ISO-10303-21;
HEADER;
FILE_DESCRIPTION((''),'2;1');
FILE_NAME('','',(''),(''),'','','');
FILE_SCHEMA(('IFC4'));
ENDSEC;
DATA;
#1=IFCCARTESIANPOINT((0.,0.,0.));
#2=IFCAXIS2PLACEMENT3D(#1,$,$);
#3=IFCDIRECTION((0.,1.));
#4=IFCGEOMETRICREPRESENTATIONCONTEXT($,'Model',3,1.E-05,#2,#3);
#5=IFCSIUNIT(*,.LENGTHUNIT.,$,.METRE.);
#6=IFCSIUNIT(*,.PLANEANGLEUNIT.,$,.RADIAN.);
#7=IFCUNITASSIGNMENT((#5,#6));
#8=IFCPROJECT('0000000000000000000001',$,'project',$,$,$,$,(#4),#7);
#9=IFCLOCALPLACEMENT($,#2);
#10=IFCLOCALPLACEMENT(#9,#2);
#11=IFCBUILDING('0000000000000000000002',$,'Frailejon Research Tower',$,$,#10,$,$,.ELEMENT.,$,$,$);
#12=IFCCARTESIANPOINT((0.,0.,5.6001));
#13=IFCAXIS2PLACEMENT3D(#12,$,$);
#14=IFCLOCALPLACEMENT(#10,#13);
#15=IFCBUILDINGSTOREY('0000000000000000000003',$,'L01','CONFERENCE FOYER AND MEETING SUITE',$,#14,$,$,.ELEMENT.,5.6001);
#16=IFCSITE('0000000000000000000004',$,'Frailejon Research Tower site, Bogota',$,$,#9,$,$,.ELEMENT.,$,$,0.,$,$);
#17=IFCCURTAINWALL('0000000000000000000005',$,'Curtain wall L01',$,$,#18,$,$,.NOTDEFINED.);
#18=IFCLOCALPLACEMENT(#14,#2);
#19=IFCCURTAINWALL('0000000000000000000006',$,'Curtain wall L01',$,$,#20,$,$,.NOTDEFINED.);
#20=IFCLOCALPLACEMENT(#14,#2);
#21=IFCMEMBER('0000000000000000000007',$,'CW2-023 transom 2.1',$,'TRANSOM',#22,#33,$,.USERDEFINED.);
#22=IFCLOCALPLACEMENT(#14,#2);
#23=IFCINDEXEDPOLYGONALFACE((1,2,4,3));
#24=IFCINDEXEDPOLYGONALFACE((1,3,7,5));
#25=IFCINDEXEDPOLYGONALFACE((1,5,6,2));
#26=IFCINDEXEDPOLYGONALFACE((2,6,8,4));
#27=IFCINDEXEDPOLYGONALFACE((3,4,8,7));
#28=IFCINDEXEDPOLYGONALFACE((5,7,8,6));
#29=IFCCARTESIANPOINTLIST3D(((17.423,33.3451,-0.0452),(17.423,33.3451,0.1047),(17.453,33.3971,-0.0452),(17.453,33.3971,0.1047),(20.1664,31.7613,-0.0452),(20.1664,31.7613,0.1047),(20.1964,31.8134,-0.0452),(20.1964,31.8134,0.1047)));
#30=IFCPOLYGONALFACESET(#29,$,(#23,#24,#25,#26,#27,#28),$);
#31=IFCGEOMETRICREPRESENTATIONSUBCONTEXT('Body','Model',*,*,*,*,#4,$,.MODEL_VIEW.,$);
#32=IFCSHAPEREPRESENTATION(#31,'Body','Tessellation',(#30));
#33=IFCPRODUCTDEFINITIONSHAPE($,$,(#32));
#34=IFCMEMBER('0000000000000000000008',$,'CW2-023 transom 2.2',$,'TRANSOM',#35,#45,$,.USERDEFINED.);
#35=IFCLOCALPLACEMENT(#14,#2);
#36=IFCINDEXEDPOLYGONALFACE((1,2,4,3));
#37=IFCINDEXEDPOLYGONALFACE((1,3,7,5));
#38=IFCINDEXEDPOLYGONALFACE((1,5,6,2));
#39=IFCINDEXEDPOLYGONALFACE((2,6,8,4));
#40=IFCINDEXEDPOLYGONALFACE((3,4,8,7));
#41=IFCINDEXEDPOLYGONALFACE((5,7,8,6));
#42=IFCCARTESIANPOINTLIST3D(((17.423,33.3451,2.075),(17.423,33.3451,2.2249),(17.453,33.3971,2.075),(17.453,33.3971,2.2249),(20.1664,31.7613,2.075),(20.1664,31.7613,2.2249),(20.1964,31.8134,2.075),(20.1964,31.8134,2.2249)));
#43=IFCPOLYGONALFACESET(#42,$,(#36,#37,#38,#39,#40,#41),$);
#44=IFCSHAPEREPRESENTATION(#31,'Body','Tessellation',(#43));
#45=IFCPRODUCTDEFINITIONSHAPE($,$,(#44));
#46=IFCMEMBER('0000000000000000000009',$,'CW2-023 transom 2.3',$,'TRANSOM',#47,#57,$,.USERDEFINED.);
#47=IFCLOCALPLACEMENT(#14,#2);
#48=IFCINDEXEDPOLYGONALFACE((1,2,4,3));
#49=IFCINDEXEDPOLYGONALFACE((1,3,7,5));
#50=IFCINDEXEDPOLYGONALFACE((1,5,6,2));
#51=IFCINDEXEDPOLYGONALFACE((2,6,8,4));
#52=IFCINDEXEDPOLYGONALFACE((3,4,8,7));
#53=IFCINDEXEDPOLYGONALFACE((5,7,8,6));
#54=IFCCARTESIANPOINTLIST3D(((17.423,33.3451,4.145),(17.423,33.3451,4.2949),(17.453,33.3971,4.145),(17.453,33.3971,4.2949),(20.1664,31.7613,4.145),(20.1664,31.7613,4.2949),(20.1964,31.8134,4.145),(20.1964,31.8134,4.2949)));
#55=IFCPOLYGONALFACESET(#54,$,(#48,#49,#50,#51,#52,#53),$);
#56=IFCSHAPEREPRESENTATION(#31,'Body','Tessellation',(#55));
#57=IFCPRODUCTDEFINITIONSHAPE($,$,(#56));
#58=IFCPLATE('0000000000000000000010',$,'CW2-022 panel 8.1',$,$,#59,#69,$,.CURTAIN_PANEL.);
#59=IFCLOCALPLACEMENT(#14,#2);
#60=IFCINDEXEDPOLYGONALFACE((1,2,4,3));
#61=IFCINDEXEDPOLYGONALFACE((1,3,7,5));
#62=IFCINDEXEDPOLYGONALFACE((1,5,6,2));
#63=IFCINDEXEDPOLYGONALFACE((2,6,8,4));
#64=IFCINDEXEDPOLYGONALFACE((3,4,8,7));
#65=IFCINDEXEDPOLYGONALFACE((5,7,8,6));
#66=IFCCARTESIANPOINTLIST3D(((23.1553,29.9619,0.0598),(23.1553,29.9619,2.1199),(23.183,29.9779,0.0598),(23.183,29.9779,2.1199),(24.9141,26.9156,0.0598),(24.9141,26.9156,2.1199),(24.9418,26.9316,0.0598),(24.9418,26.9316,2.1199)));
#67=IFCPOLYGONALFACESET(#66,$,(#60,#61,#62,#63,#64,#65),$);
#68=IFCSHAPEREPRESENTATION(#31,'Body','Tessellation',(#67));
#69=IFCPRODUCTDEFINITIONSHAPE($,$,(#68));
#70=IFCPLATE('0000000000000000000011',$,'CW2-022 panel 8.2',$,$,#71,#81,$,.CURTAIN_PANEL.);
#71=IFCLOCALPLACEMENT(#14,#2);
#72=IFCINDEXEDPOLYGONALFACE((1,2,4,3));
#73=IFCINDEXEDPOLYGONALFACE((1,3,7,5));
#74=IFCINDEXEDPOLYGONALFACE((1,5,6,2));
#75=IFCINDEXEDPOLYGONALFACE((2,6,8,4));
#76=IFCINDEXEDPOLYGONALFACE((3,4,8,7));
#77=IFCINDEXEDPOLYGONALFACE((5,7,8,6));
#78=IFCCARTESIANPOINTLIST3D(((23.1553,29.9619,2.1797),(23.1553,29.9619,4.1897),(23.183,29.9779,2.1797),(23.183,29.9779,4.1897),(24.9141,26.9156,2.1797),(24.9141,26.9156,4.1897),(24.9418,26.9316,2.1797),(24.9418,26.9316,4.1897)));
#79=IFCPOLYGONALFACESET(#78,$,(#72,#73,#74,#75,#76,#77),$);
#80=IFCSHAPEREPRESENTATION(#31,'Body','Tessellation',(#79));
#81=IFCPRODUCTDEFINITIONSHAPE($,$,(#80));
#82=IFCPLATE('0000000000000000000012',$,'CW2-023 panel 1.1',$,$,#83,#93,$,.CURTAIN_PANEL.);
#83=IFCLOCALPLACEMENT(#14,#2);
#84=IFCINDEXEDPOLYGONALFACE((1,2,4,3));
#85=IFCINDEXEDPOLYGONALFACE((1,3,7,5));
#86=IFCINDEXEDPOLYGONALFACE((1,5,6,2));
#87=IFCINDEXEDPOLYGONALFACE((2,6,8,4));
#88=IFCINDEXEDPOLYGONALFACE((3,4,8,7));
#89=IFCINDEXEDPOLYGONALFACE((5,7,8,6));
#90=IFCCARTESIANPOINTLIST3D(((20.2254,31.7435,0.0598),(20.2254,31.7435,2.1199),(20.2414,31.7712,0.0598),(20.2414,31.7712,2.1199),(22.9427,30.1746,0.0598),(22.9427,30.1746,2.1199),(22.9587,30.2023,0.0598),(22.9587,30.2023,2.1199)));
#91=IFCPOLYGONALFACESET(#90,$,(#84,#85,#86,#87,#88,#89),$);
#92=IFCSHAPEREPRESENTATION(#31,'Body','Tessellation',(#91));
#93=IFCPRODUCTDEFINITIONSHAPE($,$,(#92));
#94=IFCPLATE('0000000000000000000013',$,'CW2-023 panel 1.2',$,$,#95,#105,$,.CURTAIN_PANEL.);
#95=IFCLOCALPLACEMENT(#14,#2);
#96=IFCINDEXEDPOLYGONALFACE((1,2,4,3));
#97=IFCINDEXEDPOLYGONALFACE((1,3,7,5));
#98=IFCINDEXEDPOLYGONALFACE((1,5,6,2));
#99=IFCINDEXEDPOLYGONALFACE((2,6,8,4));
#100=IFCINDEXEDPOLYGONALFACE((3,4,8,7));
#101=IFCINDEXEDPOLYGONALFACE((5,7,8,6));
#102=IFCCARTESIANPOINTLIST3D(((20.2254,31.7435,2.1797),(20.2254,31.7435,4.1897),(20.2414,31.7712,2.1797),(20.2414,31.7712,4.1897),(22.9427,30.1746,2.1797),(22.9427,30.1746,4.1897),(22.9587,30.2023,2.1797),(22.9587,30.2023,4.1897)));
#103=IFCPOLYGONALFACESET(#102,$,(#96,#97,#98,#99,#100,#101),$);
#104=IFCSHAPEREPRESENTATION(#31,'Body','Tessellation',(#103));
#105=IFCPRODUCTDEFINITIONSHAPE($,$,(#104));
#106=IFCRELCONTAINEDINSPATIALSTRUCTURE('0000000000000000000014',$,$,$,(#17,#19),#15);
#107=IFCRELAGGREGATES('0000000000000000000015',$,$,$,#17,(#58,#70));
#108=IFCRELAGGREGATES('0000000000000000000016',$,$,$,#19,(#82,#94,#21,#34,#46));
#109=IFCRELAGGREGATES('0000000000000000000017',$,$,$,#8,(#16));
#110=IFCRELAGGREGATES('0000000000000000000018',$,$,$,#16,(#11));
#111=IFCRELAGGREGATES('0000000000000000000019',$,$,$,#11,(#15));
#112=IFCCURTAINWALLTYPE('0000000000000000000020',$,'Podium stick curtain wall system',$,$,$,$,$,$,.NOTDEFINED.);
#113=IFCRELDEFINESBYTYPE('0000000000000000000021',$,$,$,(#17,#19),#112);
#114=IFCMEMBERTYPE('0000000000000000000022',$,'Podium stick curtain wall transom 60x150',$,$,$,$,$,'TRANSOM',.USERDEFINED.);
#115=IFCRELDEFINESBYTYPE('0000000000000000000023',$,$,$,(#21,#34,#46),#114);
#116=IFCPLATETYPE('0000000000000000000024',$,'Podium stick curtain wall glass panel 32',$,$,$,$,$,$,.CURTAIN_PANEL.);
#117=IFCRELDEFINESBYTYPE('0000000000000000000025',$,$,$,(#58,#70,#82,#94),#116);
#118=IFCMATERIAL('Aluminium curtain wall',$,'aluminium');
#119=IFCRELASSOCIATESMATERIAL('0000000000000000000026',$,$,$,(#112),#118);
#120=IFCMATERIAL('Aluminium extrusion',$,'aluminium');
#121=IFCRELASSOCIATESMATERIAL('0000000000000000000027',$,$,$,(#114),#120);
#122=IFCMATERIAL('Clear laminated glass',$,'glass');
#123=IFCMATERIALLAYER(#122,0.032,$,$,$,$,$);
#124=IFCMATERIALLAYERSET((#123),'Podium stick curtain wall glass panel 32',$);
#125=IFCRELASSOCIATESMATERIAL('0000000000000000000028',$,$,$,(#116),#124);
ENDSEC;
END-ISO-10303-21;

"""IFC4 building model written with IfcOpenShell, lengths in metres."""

from ifc_helpers import new_model, si_unit, direction, frame, origin, origin_2d, place, context, subcontext, project, spatial, rectangle, extrude, material, layer, layer_set, material_profile, profile_set, type_object, element, aggregate, save


model = new_model("IFC4")

# Units and contexts
model_context = context("Model", 3, precision=1e-05, world=origin(), true_north=direction((0.0, 1.0)))
body_context = subcontext(model_context, "Body", "Model", "MODEL_VIEW")
ifc_project = project(units=[si_unit("LENGTHUNIT", "METRE"), si_unit("PLANEANGLEUNIT", "RADIAN")], contexts=[model_context])

# Site, building, storey
site_placement = place(None, origin())
site = spatial("IfcSite", under=ifc_project, at=site_placement, Name="Frailejon Research Tower site, Bogota", CompositionType="ELEMENT", RefElevation=0.0)
building_placement = place(site_placement, origin())
building = spatial("IfcBuilding", under=site, at=building_placement, Name="Frailejon Research Tower", CompositionType="ELEMENT")
storey_placement = place(building_placement, frame((0.0, 0.0, 5.6001)))
storey = spatial("IfcBuildingStorey", under=building, at=storey_placement, Name="L01", Description="CONFERENCE FOYER AND MEETING SUITE", CompositionType="ELEMENT", Elevation=5.6001)

# Curtain walls
ifc_material_1 = material(Name="Aluminium curtain wall", Category="aluminium")
curtain_wall_type = type_object("IfcCurtainWallType", Name="Podium stick curtain wall system", PredefinedType="NOTDEFINED", material=ifc_material_1)
curtain_wall_1_placement = place(storey_placement, origin())
curtain_wall_1 = element("IfcCurtainWall", 1, at=curtain_wall_1_placement, inside=storey, type_object=curtain_wall_type, Name="Curtain wall L01", PredefinedType="NOTDEFINED")
curtain_wall_2_placement = place(storey_placement, origin())
curtain_wall_2 = element("IfcCurtainWall", 2, at=curtain_wall_2_placement, inside=storey, type_object=curtain_wall_type, Name="Curtain wall L01", PredefinedType="NOTDEFINED")

# Members
ifc_material_2 = material(Name="Aluminium extrusion", Category="aluminium")
ifc_material_profile_1 = material_profile(ifc_material_2, rectangle(XDim=0.0601, YDim=0.1499, at=origin_2d()), Name="Podium stick curtain wall transom 60x150")
ifc_profile_set_1 = profile_set([ifc_material_profile_1], Name="Aluminium extrusion")
member_type_1 = type_object("IfcMemberType", Name="Podium stick curtain wall transom 60x150", ElementType="TRANSOM", PredefinedType="USERDEFINED", material=ifc_profile_set_1)
member_1_placement = place(storey_placement, frame((20.1814, 31.7874, 0.0298), z_axis=(-0.866048, 0.49996, 0.0), x_axis=(-0.49996, -0.866048, 0.0)))
member_1 = element("IfcMember", 3, at=member_1_placement, type_object=member_type_1, Name="CW2-023 transom 2.1", ObjectType="TRANSOM", PredefinedType="USERDEFINED", context=body_context, shape_type="SweptSolid", body=[
    extrude(rectangle(XDim=0.0601, YDim=0.1499, at=origin_2d()), origin(), (0.0, 0.0, 1.0), 3.1677),
])
member_2_placement = place(storey_placement, frame((20.1814, 31.7874, 2.1499), z_axis=(-0.866048, 0.49996, 0.0), x_axis=(-0.49996, -0.866048, 0.0)))
member_2 = element("IfcMember", 4, at=member_2_placement, type_object=member_type_1, Name="CW2-023 transom 2.2", ObjectType="TRANSOM", PredefinedType="USERDEFINED", context=body_context, shape_type="SweptSolid", body=[
    extrude(rectangle(XDim=0.0601, YDim=0.1499, at=origin_2d()), origin(), (0.0, 0.0, 1.0), 3.1677),
])
member_3_placement = place(storey_placement, frame((20.1814, 31.7874, 4.22), z_axis=(-0.866048, 0.49996, 0.0), x_axis=(-0.49996, -0.866048, 0.0)))
member_3 = element("IfcMember", 5, at=member_3_placement, type_object=member_type_1, Name="CW2-023 transom 2.3", ObjectType="TRANSOM", PredefinedType="USERDEFINED", context=body_context, shape_type="SweptSolid", body=[
    extrude(rectangle(XDim=0.0601, YDim=0.1499, at=origin_2d()), origin(), (0.0, 0.0, 1.0), 3.1677),
])

# Plates
ifc_material_3 = material(Name="Clear laminated glass", Category="glass")
ifc_layer = layer(ifc_material_3, 0.032)
ifc_layer_set = layer_set([ifc_layer], Name="Podium stick curtain wall glass panel 32")
plate_type = type_object("IfcPlateType", Name="Podium stick curtain wall glass panel 32", PredefinedType="CURTAIN_PANEL", material=ifc_layer_set)
plate_1_placement = place(storey_placement, frame((24.0486, 28.4468, 0.0598), z_axis=(0.0, 0.0, 1.0), x_axis=(-0.499998, 0.866026, 0.0)))
plate_1 = element("IfcPlate", 6, at=plate_1_placement, type_object=plate_type, Name="CW2-022 panel 8.1", PredefinedType="CURTAIN_PANEL", context=body_context, shape_type="SweptSolid", body=[
    extrude(rectangle(XDim=3.5176, YDim=0.032, at=origin_2d()), origin(), (0.0, 0.0, 1.0), 2.0601),
])
plate_2_placement = place(storey_placement, frame((24.0486, 28.4468, 2.1797), z_axis=(0.0, 0.0, 1.0), x_axis=(-0.499998, 0.866026, 0.0)))
plate_2 = element("IfcPlate", 7, at=plate_2_placement, type_object=plate_type, Name="CW2-022 panel 8.2", PredefinedType="CURTAIN_PANEL", context=body_context, shape_type="SweptSolid", body=[
    extrude(rectangle(XDim=3.5176, YDim=0.032, at=origin_2d()), origin(), (0.0, 0.0, 1.0), 2.01),
])
aggregate(curtain_wall_1, [plate_1, plate_2])
plate_3_placement = place(storey_placement, frame((21.592, 30.9729, 0.0598), z_axis=(0.0, 0.0, 1.0), x_axis=(-0.866025, 0.5, 0.0)))
plate_3 = element("IfcPlate", 8, at=plate_3_placement, type_object=plate_type, Name="CW2-023 panel 1.1", PredefinedType="CURTAIN_PANEL", context=body_context, shape_type="SweptSolid", body=[
    extrude(rectangle(XDim=3.1377, YDim=0.032, at=origin_2d()), origin(), (0.0, 0.0, 1.0), 2.0601),
])
plate_4_placement = place(storey_placement, frame((21.592, 30.9729, 2.1797), z_axis=(0.0, 0.0, 1.0), x_axis=(-0.866025, 0.5, 0.0)))
plate_4 = element("IfcPlate", 9, at=plate_4_placement, type_object=plate_type, Name="CW2-023 panel 1.2", PredefinedType="CURTAIN_PANEL", context=body_context, shape_type="SweptSolid", body=[
    extrude(rectangle(XDim=3.1377, YDim=0.032, at=origin_2d()), origin(), (0.0, 0.0, 1.0), 2.01),
])
aggregate(curtain_wall_2, [plate_3, plate_4, member_1, member_2, member_3])

save(model, "model.ifc")
